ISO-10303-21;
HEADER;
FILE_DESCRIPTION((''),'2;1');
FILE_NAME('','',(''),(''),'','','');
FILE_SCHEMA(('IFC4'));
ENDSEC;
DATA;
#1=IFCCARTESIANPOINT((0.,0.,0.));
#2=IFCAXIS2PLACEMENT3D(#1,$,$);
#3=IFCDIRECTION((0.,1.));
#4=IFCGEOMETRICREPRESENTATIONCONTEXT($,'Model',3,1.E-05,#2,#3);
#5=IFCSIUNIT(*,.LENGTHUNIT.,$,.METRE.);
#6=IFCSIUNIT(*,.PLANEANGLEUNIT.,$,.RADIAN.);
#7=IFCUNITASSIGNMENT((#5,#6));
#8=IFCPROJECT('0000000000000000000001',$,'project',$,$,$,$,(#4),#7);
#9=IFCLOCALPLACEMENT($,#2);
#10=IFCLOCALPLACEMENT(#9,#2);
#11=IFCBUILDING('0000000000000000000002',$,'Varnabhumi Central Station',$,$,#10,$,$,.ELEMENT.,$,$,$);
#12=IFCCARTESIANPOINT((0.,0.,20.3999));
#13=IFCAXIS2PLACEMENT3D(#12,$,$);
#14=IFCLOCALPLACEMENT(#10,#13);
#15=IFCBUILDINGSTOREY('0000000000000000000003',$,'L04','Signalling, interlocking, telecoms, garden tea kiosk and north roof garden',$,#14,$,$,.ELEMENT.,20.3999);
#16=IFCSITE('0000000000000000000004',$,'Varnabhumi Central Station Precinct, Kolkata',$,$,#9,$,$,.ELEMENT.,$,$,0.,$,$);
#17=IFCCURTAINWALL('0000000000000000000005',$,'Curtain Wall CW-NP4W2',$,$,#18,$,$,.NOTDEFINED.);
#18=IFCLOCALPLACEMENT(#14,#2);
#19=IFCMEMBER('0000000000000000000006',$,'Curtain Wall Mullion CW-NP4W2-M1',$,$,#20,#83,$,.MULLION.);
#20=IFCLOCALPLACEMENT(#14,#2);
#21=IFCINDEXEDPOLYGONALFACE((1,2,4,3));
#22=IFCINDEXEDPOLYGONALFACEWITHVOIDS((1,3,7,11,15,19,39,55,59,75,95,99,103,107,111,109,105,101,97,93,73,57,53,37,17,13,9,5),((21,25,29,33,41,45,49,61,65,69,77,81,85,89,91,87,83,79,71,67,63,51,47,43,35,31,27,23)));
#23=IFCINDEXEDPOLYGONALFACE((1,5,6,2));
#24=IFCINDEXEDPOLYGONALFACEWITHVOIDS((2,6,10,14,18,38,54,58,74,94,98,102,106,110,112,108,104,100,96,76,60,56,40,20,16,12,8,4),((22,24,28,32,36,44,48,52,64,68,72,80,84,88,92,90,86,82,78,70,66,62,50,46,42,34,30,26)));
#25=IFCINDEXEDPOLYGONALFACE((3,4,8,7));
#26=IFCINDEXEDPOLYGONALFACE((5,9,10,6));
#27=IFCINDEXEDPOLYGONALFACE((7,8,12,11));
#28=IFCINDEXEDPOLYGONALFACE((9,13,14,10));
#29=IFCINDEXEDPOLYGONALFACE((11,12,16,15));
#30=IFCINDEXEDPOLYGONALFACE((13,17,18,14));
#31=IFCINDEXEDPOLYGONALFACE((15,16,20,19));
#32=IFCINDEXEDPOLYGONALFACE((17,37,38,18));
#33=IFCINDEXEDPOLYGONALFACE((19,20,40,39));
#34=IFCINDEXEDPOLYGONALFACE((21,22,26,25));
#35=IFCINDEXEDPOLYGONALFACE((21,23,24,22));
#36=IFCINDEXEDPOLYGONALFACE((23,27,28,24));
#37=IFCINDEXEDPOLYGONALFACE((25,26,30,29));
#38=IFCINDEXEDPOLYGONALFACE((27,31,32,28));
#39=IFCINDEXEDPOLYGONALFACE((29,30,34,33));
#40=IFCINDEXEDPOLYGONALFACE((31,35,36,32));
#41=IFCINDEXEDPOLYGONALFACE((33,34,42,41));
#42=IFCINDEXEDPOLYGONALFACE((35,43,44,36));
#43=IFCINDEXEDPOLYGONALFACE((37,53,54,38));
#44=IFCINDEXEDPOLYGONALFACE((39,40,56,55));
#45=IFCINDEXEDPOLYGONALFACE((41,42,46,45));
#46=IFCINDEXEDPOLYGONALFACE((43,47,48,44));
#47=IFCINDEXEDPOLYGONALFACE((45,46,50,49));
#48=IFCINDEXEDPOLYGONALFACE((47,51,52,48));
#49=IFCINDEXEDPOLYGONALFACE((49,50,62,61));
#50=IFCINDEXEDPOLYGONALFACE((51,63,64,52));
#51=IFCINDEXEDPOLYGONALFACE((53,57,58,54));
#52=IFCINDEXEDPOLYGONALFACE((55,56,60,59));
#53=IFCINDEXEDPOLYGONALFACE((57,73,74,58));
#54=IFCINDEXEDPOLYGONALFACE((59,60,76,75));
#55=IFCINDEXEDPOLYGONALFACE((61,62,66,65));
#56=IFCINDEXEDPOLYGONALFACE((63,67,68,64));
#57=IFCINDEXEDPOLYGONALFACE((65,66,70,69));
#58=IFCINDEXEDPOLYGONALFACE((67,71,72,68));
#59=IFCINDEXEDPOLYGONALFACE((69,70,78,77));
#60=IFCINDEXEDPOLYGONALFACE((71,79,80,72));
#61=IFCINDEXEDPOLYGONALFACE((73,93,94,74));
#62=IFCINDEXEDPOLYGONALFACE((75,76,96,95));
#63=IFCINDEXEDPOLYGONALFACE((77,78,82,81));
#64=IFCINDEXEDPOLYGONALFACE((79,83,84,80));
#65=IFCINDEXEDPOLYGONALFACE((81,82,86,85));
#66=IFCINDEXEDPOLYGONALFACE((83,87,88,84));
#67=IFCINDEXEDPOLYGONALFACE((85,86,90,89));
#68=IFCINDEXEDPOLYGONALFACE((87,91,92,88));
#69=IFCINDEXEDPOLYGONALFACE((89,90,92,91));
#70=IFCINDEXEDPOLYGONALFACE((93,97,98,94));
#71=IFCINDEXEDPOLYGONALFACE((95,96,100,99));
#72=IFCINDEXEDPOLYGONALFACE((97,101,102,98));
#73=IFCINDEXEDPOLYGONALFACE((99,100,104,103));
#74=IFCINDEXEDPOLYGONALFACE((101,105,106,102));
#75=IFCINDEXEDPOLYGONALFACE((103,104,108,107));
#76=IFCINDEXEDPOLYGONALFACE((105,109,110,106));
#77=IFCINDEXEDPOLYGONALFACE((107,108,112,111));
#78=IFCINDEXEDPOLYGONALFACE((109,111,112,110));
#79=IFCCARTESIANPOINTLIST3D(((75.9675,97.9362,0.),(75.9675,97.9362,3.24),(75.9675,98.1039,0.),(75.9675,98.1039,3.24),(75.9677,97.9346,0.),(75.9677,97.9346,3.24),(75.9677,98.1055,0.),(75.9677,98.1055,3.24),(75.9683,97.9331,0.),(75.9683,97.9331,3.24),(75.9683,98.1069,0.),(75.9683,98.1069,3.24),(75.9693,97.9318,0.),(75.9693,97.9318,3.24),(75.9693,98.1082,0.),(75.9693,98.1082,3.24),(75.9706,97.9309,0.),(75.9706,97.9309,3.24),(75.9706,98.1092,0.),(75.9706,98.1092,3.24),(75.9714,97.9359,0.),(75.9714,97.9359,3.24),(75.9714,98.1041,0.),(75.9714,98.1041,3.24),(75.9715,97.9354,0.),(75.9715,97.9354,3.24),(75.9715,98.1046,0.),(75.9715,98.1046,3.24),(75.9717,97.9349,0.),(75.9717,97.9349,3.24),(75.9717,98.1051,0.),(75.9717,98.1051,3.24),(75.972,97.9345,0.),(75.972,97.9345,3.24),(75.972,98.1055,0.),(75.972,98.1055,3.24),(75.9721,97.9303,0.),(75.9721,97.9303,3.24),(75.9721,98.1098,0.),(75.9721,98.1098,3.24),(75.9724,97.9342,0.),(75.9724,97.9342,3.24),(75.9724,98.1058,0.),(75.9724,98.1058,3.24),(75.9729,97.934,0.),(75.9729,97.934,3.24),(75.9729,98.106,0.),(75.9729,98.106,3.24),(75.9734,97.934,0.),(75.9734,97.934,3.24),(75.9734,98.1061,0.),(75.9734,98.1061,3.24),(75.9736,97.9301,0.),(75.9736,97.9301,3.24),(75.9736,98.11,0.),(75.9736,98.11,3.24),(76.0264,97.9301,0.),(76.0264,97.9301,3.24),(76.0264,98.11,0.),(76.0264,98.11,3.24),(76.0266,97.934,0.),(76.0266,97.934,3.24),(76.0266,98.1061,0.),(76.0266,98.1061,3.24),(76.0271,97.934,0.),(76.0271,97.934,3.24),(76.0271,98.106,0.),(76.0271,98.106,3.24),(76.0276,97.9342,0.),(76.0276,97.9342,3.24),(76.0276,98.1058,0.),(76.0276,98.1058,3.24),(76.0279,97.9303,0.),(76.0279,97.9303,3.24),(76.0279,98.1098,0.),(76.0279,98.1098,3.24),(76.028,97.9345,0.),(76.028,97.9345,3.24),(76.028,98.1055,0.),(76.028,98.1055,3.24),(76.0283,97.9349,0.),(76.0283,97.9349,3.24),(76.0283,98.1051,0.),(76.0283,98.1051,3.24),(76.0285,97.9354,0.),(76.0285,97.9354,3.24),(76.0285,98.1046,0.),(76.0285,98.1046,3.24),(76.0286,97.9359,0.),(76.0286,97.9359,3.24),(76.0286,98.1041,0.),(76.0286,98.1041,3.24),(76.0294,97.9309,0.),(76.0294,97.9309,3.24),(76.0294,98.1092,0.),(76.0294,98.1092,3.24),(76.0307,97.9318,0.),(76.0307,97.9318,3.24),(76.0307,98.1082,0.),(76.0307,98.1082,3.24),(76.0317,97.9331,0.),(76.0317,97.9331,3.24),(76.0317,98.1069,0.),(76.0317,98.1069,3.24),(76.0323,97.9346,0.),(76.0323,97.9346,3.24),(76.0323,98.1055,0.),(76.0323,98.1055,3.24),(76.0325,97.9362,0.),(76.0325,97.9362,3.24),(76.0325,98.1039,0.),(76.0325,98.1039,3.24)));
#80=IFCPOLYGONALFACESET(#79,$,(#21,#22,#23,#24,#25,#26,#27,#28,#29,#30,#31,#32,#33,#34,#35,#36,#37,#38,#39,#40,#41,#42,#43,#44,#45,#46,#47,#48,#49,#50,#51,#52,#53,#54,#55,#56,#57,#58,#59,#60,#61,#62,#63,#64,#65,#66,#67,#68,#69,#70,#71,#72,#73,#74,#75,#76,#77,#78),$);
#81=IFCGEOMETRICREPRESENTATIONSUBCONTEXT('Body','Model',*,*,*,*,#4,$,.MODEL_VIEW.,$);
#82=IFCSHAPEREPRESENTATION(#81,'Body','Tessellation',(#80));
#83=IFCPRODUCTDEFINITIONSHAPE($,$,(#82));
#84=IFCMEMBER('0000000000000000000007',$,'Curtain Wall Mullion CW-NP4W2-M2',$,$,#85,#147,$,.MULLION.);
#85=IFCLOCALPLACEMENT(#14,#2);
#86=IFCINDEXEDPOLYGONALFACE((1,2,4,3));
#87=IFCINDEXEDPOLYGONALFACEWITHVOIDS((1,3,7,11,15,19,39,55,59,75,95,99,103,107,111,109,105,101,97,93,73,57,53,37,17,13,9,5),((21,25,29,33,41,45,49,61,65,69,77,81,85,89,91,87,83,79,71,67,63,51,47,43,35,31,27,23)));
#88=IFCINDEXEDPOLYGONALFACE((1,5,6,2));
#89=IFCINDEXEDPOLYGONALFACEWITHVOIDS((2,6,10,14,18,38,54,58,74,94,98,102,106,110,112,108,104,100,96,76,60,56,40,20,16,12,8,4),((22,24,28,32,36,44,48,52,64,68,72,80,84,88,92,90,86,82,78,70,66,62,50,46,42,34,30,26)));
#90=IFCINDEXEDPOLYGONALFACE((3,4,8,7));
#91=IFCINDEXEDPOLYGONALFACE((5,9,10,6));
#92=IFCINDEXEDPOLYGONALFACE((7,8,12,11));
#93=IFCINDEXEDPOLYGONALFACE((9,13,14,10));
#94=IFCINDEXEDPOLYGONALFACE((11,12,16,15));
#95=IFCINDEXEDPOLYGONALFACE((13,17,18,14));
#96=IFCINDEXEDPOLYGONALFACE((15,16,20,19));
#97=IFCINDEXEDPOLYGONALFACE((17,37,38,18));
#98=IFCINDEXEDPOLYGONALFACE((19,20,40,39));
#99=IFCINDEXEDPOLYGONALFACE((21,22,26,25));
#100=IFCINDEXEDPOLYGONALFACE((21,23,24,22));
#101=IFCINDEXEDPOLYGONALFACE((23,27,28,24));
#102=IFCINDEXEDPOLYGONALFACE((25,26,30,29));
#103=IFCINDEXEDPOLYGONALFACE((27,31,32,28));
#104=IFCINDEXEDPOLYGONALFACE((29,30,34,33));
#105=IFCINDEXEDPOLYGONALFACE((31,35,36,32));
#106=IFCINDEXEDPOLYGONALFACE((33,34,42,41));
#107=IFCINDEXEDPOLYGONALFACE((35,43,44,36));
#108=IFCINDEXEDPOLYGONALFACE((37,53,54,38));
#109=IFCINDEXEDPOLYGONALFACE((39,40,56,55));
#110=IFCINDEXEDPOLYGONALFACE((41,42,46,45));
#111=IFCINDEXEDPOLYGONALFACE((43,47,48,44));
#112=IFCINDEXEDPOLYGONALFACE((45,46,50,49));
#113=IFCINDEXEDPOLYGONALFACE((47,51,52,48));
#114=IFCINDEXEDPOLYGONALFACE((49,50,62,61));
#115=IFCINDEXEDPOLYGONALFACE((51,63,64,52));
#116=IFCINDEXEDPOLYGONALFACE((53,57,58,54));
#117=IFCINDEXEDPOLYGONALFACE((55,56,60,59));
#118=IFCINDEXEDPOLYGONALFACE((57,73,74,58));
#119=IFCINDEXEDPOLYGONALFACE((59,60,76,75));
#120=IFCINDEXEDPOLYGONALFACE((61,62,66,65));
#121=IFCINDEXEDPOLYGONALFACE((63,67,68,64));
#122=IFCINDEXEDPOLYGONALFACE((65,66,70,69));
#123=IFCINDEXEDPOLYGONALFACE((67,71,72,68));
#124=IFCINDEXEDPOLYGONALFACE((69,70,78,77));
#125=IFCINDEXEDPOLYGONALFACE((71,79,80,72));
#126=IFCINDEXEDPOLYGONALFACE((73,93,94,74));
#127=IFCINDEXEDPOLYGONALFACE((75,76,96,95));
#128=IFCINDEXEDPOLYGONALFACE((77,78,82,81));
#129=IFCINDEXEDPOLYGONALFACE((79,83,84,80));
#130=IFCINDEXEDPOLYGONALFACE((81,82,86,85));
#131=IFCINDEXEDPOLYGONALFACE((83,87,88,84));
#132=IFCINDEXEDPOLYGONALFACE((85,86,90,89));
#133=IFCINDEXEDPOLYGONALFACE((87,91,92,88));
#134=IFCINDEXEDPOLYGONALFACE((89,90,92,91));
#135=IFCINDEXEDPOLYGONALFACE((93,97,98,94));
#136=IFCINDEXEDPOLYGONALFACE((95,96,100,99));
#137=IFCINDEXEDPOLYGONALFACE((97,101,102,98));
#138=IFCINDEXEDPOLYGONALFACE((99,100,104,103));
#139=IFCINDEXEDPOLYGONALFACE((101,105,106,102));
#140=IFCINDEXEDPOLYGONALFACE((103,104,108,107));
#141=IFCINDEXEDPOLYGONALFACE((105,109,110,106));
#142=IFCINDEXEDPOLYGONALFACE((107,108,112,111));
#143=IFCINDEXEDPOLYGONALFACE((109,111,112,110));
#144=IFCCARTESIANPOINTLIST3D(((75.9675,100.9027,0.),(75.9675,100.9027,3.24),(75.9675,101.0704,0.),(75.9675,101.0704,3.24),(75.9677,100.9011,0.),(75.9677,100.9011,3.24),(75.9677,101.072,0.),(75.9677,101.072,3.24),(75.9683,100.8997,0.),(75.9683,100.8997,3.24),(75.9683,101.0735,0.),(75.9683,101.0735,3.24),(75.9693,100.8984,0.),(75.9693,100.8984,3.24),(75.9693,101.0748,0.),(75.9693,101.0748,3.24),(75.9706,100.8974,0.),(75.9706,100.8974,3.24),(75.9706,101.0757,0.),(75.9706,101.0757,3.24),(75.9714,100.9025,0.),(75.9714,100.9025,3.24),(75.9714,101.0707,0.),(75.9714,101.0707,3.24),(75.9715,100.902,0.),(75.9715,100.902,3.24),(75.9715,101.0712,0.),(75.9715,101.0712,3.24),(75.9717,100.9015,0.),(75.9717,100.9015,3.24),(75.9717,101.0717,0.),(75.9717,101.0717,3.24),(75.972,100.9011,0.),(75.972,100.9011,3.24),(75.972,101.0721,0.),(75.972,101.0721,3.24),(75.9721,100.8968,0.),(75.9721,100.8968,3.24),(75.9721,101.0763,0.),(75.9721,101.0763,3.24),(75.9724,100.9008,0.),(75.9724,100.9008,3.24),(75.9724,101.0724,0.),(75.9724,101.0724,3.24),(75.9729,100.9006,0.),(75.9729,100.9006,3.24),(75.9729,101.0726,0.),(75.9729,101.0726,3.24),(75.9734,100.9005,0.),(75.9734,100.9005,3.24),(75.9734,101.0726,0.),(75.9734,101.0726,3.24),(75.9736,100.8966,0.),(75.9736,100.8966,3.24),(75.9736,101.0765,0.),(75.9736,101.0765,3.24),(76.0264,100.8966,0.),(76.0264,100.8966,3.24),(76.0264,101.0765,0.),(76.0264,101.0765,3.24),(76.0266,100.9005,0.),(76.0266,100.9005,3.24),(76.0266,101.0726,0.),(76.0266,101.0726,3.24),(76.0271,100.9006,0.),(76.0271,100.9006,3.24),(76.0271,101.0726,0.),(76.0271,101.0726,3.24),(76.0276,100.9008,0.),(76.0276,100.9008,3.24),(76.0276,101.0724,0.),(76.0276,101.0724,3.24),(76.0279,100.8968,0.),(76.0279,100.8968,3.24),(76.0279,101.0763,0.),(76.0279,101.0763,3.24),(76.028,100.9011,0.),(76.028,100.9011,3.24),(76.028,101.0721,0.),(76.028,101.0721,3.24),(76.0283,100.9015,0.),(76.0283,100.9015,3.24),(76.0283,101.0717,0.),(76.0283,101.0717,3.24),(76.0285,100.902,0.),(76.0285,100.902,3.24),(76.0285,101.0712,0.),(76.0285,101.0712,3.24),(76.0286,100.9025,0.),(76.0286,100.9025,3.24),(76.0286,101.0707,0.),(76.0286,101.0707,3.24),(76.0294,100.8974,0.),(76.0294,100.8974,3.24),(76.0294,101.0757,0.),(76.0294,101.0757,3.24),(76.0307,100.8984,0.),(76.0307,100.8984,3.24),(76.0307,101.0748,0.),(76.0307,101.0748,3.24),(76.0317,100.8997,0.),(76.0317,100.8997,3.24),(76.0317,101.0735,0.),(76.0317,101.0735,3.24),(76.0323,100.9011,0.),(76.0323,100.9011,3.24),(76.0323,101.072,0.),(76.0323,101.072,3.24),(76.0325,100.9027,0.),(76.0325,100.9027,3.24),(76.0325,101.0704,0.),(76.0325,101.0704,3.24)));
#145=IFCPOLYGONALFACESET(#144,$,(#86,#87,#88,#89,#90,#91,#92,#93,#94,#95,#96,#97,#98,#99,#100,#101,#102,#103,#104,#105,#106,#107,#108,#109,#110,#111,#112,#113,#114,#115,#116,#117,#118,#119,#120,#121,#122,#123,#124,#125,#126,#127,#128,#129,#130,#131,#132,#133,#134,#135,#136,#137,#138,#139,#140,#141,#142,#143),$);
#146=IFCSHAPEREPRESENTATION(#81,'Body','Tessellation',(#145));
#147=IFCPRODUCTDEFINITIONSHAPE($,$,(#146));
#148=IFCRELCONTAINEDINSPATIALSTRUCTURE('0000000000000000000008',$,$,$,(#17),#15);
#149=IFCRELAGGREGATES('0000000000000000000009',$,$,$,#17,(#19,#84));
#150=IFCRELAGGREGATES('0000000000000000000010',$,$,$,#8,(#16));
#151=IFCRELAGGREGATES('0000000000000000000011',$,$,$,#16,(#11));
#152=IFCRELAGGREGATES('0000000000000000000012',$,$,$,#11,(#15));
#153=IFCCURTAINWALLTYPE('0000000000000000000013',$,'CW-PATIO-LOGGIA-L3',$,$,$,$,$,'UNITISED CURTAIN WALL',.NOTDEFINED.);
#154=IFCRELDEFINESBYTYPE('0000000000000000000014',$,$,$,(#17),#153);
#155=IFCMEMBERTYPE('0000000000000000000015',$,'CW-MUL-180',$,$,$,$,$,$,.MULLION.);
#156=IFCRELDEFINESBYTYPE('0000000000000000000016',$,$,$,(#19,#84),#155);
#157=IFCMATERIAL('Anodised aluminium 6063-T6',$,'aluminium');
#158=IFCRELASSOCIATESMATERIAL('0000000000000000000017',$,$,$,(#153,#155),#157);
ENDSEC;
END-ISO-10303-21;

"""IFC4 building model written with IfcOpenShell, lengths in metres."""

from ifc_helpers import new_model, si_unit, direction, frame, origin, origin_2d, place, context, subcontext, project, spatial, hollow_rectangle, extrude, material, material_profile, profile_set, type_object, element, aggregate, save


model = new_model("IFC4")

# Units and contexts
model_context = context("Model", 3, precision=1e-05, world=origin(), true_north=direction((0.0, 1.0)))
body_context = subcontext(model_context, "Body", "Model", "MODEL_VIEW")
ifc_project = project(units=[si_unit("LENGTHUNIT", "METRE"), si_unit("PLANEANGLEUNIT", "RADIAN")], contexts=[model_context])

# Site, building, storey
site_placement = place(None, origin())
site = spatial("IfcSite", under=ifc_project, at=site_placement, Name="Varnabhumi Central Station Precinct, Kolkata", CompositionType="ELEMENT", RefElevation=0.0)
building_placement = place(site_placement, origin())
building = spatial("IfcBuilding", under=site, at=building_placement, Name="Varnabhumi Central Station", CompositionType="ELEMENT")
storey_placement = place(building_placement, frame((0.0, 0.0, 20.3999)))
storey = spatial("IfcBuildingStorey", under=building, at=storey_placement, Name="L04", Description="Signalling, interlocking, telecoms, garden tea kiosk and north roof garden", CompositionType="ELEMENT", Elevation=20.3999)

# Curtain wall, members
ifc_material_1 = material(Name="Anodised aluminium 6063-T6", Category="aluminium")
curtain_wall_type = type_object("IfcCurtainWallType", Name="CW-PATIO-LOGGIA-L3", ElementType="UNITISED CURTAIN WALL", PredefinedType="NOTDEFINED", material=ifc_material_1)
ifc_material_profile_1 = material_profile(ifc_material_1, hollow_rectangle(XDim=0.0649, YDim=0.1799, WallThickness=0.0039, InnerFilletRadius=0.002, OuterFilletRadius=0.0061, at=origin_2d()), Name="Anodised aluminium 6063-T6", Category="aluminium")
ifc_profile_set_1 = profile_set([ifc_material_profile_1], Name="Anodised aluminium 6063-T6")
member_type_1 = type_object("IfcMemberType", Name="CW-MUL-180", PredefinedType="MULLION", material=ifc_profile_set_1)
curtain_wall_1_placement = place(storey_placement, origin())
curtain_wall_1 = element("IfcCurtainWall", 1, at=curtain_wall_1_placement, inside=storey, type_object=curtain_wall_type, Name="Curtain Wall CW-NP4W2", PredefinedType="NOTDEFINED")
member_1_placement = place(storey_placement, frame((76.0, 98.02, 0.0), z_axis=(0.0, 0.0, 1.0), x_axis=(1.0, 0.0, 0.0)))
member_1 = element("IfcMember", 2, at=member_1_placement, type_object=member_type_1, Name="Curtain Wall Mullion CW-NP4W2-M1", PredefinedType="MULLION", context=body_context, shape_type="SweptSolid", body=[
    extrude(hollow_rectangle(XDim=0.0649, YDim=0.1799, WallThickness=0.0039, InnerFilletRadius=0.002, OuterFilletRadius=0.0061, at=origin_2d()), origin(), (0.0, 0.0, 1.0), 3.24),
])
member_2_placement = place(storey_placement, frame((76.0, 100.9866, 0.0), z_axis=(0.0, 0.0, 1.0), x_axis=(1.0, 0.0, 0.0)))
member_2 = element("IfcMember", 3, at=member_2_placement, type_object=member_type_1, Name="Curtain Wall Mullion CW-NP4W2-M2", PredefinedType="MULLION", context=body_context, shape_type="SweptSolid", body=[
    extrude(hollow_rectangle(XDim=0.0649, YDim=0.1799, WallThickness=0.0039, InnerFilletRadius=0.002, OuterFilletRadius=0.0061, at=origin_2d()), origin(), (0.0, 0.0, 1.0), 3.24),
])

aggregate(curtain_wall_1, [member_1, member_2])

save(model, "model.ifc")
